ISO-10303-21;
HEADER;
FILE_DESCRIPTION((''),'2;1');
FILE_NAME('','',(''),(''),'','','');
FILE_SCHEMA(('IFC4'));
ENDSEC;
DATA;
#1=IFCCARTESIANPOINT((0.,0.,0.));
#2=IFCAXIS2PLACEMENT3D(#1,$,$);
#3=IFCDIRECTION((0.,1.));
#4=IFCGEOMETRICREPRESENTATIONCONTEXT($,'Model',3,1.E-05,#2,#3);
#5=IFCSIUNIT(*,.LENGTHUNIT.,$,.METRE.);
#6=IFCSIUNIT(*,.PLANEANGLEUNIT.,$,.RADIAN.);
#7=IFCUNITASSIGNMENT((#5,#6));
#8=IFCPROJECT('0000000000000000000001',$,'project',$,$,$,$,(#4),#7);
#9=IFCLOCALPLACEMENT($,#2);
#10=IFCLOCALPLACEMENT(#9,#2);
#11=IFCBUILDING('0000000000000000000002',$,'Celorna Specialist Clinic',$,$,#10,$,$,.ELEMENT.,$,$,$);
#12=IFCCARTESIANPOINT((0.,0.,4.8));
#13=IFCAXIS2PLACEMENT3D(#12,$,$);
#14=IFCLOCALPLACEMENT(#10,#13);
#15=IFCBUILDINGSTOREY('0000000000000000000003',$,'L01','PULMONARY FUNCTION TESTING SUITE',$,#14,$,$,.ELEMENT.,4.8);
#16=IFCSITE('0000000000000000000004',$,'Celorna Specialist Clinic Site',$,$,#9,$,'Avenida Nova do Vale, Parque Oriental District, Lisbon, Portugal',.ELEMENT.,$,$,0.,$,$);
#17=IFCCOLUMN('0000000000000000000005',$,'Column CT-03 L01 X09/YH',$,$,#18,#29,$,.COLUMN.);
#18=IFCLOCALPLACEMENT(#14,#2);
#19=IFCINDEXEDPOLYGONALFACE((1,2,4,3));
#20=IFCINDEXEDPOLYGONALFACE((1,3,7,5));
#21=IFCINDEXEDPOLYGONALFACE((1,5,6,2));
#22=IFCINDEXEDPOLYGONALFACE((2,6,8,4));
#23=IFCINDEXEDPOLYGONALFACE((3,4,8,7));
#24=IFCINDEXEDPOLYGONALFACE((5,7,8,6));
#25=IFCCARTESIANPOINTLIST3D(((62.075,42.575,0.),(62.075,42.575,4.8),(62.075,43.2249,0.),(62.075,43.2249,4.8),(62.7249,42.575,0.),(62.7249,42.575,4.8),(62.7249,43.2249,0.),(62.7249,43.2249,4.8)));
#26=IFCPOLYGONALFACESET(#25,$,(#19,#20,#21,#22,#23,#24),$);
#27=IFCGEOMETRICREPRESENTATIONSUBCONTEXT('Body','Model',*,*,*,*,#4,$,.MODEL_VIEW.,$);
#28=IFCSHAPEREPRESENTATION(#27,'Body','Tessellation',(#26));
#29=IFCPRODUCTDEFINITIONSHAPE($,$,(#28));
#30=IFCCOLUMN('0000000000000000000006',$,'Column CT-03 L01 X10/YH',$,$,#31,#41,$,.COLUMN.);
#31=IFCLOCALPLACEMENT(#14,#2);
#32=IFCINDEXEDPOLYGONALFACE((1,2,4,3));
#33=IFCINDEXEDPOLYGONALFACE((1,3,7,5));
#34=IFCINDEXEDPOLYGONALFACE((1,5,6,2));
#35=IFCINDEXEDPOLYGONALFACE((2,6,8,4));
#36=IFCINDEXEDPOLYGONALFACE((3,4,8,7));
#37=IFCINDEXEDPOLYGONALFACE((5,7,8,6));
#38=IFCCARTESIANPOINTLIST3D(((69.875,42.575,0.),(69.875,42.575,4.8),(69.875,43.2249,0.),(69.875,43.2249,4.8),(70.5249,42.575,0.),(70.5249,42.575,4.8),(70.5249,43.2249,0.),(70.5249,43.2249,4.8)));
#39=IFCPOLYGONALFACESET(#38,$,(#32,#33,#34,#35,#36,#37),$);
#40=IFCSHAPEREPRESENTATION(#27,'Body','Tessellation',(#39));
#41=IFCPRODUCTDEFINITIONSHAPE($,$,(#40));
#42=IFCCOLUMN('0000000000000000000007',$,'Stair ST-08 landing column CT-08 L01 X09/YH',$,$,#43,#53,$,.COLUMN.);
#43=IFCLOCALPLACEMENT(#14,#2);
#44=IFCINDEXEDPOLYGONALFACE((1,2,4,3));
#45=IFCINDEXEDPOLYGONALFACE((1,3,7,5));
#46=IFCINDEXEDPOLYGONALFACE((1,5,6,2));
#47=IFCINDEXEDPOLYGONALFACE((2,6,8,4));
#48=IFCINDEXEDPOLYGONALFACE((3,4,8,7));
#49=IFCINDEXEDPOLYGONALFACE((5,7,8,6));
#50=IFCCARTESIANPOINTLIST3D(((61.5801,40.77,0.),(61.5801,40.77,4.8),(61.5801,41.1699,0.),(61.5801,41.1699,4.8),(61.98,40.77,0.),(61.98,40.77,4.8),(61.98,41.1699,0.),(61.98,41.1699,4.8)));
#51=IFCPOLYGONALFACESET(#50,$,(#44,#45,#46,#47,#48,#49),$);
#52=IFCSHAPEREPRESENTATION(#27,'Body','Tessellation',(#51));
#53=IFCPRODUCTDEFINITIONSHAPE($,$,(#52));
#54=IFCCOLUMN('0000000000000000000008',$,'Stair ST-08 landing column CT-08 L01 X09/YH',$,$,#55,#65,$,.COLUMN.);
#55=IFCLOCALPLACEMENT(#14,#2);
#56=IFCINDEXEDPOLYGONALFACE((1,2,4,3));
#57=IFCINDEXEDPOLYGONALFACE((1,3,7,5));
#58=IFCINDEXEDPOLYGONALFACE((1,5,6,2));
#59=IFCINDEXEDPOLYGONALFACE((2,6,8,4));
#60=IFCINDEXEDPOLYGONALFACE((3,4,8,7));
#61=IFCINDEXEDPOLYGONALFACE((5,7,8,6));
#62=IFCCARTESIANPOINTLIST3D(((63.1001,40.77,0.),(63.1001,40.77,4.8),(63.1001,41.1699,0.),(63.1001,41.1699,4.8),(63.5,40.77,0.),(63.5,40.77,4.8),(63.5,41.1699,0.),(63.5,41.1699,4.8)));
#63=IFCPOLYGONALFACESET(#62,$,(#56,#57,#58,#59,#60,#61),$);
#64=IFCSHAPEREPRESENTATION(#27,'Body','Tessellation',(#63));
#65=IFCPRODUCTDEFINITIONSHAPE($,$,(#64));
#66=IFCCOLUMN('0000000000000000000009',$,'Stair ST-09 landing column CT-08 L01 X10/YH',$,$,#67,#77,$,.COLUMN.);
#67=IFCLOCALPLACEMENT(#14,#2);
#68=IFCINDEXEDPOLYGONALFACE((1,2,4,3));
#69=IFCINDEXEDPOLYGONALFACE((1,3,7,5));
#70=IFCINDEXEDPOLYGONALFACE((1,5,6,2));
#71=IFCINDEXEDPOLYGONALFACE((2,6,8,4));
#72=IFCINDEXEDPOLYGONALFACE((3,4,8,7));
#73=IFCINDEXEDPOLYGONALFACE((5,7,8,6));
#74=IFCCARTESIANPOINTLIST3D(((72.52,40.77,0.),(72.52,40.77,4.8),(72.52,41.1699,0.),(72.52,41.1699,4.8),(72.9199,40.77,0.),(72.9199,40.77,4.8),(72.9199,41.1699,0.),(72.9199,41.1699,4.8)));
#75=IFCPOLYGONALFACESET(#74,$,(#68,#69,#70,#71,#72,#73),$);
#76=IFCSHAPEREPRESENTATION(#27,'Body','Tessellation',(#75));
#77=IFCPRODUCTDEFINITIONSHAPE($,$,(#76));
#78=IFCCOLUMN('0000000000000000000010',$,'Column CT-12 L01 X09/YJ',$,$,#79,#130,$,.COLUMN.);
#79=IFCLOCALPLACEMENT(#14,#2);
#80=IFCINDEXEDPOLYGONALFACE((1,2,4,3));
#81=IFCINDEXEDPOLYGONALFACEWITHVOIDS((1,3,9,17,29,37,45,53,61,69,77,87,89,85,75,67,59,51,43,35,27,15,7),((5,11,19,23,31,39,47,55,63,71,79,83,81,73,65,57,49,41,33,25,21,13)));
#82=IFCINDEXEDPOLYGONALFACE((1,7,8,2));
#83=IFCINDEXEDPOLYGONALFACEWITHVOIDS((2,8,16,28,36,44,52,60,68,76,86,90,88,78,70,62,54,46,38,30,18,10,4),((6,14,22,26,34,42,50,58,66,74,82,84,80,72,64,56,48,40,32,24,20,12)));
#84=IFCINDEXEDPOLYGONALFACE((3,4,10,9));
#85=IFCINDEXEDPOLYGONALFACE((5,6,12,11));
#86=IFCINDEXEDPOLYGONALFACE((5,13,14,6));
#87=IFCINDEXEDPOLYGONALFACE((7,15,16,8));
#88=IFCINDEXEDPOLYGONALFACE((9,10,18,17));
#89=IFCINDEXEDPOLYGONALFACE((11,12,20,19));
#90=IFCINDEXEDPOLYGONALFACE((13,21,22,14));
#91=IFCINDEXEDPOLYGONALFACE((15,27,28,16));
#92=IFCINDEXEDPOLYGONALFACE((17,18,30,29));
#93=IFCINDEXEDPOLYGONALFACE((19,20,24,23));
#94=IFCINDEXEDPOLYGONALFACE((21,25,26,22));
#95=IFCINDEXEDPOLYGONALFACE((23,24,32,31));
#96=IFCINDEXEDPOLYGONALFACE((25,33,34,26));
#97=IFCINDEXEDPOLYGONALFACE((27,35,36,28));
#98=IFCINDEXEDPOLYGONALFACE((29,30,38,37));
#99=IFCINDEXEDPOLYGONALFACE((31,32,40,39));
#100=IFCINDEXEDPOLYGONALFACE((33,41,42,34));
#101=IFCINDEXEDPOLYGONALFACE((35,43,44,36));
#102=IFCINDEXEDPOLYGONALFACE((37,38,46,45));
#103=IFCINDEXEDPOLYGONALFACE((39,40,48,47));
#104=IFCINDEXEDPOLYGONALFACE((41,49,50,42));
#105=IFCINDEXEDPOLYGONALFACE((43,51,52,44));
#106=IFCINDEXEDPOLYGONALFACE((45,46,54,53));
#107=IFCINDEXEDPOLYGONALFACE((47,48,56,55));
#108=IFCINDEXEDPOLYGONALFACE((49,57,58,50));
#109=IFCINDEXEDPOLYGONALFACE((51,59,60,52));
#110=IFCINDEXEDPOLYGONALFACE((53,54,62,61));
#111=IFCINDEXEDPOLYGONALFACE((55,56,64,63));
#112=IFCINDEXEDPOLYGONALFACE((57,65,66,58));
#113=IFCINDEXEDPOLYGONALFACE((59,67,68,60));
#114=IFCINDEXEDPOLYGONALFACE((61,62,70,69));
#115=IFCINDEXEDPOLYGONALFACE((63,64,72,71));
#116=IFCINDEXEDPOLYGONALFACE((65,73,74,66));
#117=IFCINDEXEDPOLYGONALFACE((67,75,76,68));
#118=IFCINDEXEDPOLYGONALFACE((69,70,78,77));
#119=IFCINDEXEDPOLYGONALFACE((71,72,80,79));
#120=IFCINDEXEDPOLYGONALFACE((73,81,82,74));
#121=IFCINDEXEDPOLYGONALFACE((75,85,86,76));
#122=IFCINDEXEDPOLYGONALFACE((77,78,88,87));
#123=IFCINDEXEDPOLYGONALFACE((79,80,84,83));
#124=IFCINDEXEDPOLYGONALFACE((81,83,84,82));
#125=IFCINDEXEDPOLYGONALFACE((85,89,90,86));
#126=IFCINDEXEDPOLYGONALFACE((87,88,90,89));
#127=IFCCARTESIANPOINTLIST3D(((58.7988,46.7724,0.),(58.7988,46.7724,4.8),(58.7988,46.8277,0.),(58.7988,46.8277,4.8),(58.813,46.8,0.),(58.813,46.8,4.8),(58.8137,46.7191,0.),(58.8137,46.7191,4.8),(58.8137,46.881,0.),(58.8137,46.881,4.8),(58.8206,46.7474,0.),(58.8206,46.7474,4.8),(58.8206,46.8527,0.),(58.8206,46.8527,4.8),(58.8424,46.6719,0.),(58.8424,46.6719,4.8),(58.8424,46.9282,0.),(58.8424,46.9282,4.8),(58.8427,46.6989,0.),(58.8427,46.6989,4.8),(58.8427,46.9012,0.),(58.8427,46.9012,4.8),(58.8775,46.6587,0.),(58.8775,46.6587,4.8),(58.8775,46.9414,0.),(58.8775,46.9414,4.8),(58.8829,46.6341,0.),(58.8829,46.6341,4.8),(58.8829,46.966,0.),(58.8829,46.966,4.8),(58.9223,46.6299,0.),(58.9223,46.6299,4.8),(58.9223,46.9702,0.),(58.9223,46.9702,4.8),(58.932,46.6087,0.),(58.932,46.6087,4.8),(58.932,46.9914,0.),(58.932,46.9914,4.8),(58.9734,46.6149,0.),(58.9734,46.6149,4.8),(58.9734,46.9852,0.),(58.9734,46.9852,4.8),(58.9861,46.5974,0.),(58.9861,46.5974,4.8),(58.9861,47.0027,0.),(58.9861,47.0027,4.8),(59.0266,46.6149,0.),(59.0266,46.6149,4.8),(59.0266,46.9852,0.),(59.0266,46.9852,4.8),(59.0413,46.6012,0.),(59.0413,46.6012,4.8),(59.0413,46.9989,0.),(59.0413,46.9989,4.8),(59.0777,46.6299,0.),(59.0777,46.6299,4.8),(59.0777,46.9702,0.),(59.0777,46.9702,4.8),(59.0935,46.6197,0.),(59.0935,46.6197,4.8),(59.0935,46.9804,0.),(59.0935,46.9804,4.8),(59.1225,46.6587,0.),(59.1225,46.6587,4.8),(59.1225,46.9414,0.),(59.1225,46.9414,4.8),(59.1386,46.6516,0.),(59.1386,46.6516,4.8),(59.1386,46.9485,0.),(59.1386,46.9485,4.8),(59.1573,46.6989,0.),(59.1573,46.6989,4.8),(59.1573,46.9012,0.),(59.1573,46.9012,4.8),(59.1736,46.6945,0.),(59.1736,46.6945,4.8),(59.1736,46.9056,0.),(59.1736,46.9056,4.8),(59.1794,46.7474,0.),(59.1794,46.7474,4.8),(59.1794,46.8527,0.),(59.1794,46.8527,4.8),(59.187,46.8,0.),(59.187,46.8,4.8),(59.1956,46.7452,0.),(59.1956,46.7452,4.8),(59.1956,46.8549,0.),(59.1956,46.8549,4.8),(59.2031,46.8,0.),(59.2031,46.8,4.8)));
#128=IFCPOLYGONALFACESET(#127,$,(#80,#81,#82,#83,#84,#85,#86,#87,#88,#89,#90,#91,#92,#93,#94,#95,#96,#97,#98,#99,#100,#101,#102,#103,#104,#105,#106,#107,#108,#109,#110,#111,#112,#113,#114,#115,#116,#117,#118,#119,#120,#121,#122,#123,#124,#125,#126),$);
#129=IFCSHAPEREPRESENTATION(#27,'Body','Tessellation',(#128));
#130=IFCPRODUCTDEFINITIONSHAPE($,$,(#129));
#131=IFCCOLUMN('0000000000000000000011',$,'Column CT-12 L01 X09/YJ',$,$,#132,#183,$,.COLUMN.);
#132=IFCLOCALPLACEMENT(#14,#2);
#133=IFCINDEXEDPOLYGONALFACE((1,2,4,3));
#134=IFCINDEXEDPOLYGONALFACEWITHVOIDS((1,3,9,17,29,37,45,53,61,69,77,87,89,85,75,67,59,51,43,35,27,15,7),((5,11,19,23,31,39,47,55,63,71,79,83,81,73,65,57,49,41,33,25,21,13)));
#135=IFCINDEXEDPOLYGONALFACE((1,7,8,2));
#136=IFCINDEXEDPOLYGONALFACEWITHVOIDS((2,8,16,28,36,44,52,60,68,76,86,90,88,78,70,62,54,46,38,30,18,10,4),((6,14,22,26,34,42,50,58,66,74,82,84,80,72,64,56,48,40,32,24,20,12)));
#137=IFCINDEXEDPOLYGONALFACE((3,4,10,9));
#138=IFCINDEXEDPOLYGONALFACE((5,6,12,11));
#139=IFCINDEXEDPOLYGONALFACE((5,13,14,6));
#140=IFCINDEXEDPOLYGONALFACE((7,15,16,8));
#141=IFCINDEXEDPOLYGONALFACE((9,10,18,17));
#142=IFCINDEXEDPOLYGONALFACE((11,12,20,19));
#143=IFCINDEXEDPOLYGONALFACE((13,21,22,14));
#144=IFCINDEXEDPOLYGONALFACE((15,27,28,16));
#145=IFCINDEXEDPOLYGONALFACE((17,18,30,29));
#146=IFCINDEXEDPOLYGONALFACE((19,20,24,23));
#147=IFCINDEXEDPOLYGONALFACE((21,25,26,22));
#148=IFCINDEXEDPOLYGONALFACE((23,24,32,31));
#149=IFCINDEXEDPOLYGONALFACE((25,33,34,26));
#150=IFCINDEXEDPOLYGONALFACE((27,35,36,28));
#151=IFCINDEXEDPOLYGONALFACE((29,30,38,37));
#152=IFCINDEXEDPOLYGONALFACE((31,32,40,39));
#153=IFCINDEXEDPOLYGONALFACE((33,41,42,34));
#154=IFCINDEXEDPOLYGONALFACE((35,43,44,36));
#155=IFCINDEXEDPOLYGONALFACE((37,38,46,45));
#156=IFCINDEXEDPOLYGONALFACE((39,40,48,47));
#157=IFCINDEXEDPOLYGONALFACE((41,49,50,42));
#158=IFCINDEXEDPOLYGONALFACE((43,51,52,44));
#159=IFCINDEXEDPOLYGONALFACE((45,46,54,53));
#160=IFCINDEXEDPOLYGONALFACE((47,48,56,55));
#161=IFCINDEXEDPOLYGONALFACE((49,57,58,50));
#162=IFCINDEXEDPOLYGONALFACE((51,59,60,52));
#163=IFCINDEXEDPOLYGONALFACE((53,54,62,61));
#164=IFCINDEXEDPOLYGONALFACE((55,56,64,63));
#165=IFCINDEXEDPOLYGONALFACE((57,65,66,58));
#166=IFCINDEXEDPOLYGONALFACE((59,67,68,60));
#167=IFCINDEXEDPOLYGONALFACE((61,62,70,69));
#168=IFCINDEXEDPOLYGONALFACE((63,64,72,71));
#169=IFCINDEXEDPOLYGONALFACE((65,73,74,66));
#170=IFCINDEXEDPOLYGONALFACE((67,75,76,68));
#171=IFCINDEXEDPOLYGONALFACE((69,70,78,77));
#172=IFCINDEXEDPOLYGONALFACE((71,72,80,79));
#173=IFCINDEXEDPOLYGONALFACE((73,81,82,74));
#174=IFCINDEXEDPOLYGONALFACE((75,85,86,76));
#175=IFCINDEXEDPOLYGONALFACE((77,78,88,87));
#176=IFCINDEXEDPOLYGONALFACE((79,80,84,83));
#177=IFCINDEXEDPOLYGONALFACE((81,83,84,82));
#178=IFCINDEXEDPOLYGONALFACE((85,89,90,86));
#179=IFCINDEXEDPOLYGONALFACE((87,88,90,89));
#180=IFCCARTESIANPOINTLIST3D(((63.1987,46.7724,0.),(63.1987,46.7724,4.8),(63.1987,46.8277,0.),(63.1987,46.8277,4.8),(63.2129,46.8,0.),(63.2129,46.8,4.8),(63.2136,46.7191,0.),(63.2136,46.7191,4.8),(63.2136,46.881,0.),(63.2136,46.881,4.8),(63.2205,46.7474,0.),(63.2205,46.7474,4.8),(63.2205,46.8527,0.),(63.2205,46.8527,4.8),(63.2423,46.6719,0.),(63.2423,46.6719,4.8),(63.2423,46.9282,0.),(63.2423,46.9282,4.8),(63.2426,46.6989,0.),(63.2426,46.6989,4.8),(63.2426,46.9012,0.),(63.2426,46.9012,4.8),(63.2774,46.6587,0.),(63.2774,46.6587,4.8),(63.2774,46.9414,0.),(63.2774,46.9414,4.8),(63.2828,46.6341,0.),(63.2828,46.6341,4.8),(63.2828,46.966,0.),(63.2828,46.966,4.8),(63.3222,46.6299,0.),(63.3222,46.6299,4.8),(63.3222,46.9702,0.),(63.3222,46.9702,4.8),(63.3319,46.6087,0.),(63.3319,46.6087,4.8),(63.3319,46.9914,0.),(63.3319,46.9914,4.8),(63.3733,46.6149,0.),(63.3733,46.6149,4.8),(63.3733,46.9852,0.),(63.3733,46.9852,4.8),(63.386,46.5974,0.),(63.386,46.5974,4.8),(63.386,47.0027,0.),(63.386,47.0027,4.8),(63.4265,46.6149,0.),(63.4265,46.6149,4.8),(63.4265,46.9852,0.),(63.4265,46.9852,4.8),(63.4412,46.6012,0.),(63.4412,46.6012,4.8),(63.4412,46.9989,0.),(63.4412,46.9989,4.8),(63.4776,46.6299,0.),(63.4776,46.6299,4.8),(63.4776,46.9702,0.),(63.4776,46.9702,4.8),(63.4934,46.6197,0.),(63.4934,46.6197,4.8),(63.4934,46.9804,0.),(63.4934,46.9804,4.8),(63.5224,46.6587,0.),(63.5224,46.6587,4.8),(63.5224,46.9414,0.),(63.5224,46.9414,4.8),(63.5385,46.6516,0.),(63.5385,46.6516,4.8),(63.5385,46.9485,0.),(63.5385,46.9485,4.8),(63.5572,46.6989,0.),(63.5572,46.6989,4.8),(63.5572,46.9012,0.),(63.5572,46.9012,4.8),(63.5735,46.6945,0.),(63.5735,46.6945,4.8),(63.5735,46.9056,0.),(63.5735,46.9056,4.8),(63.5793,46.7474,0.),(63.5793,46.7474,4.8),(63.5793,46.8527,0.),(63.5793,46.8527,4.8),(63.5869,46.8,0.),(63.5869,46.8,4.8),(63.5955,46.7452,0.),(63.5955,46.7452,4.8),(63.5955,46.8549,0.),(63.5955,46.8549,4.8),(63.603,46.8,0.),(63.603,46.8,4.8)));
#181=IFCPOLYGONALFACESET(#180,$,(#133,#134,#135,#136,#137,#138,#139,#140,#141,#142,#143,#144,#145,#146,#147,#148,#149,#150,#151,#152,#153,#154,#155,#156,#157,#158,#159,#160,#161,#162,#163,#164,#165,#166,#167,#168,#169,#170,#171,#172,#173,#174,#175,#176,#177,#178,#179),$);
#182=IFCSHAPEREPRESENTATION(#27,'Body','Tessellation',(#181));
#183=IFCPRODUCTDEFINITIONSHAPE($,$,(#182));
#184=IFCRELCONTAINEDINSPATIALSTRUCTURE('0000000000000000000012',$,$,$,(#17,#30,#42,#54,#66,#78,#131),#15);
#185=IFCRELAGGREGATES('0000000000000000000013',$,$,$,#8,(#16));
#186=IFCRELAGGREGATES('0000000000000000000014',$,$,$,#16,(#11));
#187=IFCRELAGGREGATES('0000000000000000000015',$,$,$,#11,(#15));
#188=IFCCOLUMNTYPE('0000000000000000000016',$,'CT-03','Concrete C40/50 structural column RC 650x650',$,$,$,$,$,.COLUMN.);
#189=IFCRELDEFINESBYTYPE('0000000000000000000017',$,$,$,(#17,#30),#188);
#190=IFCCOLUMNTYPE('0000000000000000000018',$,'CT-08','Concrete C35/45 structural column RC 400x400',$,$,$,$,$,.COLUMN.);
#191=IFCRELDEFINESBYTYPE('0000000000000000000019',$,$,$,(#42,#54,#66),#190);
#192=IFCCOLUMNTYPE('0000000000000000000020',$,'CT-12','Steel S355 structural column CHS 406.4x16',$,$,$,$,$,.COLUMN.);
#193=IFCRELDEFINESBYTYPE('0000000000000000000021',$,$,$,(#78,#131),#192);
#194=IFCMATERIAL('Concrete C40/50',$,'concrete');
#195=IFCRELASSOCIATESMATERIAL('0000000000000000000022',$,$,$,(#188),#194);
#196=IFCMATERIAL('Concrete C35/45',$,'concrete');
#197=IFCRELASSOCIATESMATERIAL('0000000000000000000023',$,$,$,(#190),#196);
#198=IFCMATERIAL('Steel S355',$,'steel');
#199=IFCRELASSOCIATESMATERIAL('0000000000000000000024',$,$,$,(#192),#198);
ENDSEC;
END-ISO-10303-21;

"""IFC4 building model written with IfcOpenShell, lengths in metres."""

from ifc_helpers import new_model, si_unit, direction, frame, origin, origin_2d, place, context, subcontext, project, spatial, rectangle, hollow_circle, extrude, material, material_profile, profile_set, type_object, element, save


model = new_model("IFC4")

# Units and contexts
model_context = context("Model", 3, precision=1e-05, world=origin(), true_north=direction((0.0, 1.0)))
body_context = subcontext(model_context, "Body", "Model", "MODEL_VIEW")
ifc_project = project(units=[si_unit("LENGTHUNIT", "METRE"), si_unit("PLANEANGLEUNIT", "RADIAN")], contexts=[model_context])

# Site, building, storey
site_placement = place(None, origin())
site = spatial("IfcSite", under=ifc_project, at=site_placement, Name="Celorna Specialist Clinic Site", LongName="Avenida Nova do Vale, Parque Oriental District, Lisbon, Portugal", CompositionType="ELEMENT", RefElevation=0.0)
building_placement = place(site_placement, origin())
building = spatial("IfcBuilding", under=site, at=building_placement, Name="Celorna Specialist Clinic", CompositionType="ELEMENT")
storey_placement = place(building_placement, frame((0.0, 0.0, 4.8)))
storey = spatial("IfcBuildingStorey", under=building, at=storey_placement, Name="L01", Description="PULMONARY FUNCTION TESTING SUITE", CompositionType="ELEMENT", Elevation=4.8)

# Columns
ifc_material_1 = material(Name="Concrete C40/50", Category="concrete")
ifc_material_profile_1 = material_profile(ifc_material_1, rectangle(XDim=0.6499, YDim=0.6499, at=origin_2d()), Name="RC 650x650")
ifc_profile_set_1 = profile_set([ifc_material_profile_1], Name="Concrete C40/50")
column_type_1 = type_object("IfcColumnType", Name="CT-03", Description="Concrete C40/50 structural column RC 650x650", PredefinedType="COLUMN", material=ifc_profile_set_1)
for number, where, z_axis, x_axis, name in (
    (1, (62.3999, 42.8999, 0.0), (0.0, 0.0, 1.0), (1.0, 0.0, 0.0), "Column CT-03 L01 X09/YH"),
    (2, (70.2, 42.8999, 0.0), (0.0, 0.0, 1.0), (1.0, 0.0, 0.0), "Column CT-03 L01 X10/YH"),
):
    element("IfcColumn", number, at=place(storey_placement, frame(where, z_axis=z_axis, x_axis=x_axis)), inside=storey, type_object=column_type_1, Name=name, PredefinedType="COLUMN", context=body_context, shape_type="SweptSolid", body=[
        extrude(rectangle(XDim=0.6499, YDim=0.6499, at=origin_2d()), origin(), (0.0, 0.0, 1.0), 4.8),
    ])
ifc_material_2 = material(Name="Concrete C35/45", Category="concrete")
ifc_material_profile_2 = material_profile(ifc_material_2, rectangle(XDim=0.3999, YDim=0.3999, at=origin_2d()), Name="RC 400x400")
ifc_profile_set_2 = profile_set([ifc_material_profile_2], Name="Concrete C35/45")
column_type_2 = type_object("IfcColumnType", Name="CT-08", Description="Concrete C35/45 structural column RC 400x400", PredefinedType="COLUMN", material=ifc_profile_set_2)
for number, where, z_axis, x_axis, name in (
    (3, (61.78, 40.97, 0.0), (0.0, 0.0, 1.0), (1.0, 0.0, 0.0), "Stair ST-08 landing column CT-08 L01 X09/YH"),
    (4, (63.3, 40.97, 0.0), (0.0, 0.0, 1.0), (1.0, 0.0, 0.0), "Stair ST-08 landing column CT-08 L01 X09/YH"),
    (5, (72.72, 40.97, 0.0), (0.0, 0.0, 1.0), (1.0, 0.0, 0.0), "Stair ST-09 landing column CT-08 L01 X10/YH"),
):
    element("IfcColumn", number, at=place(storey_placement, frame(where, z_axis=z_axis, x_axis=x_axis)), inside=storey, type_object=column_type_2, Name=name, PredefinedType="COLUMN", context=body_context, shape_type="SweptSolid", body=[
        extrude(rectangle(XDim=0.3999, YDim=0.3999, at=origin_2d()), origin(), (0.0, 0.0, 1.0), 4.8),
    ])
ifc_material_3 = material(Name="Steel S355", Category="steel")
ifc_material_profile_3 = material_profile(ifc_material_3, hollow_circle(Radius=0.2031, WallThickness=0.0161, at=origin_2d()), Name="CHS 406.4x16")
ifc_profile_set_3 = profile_set([ifc_material_profile_3], Name="Steel S355")
column_type_3 = type_object("IfcColumnType", Name="CT-12", Description="Steel S355 structural column CHS 406.4x16", PredefinedType="COLUMN", material=ifc_profile_set_3)
for number, where, z_axis, x_axis, name in (
    (6, (59.0, 46.8, 0.0), (0.0, 0.0, 1.0), (1.0, 0.0, 0.0), "Column CT-12 L01 X09/YJ"),
    (7, (63.3999, 46.8, 0.0), (0.0, 0.0, 1.0), (1.0, 0.0, 0.0), "Column CT-12 L01 X09/YJ"),
):
    element("IfcColumn", number, at=place(storey_placement, frame(where, z_axis=z_axis, x_axis=x_axis)), inside=storey, type_object=column_type_3, Name=name, PredefinedType="COLUMN", context=body_context, shape_type="SweptSolid", body=[
        extrude(hollow_circle(Radius=0.2031, WallThickness=0.0161, at=origin_2d()), origin(), (0.0, 0.0, 1.0), 4.8),
    ])

save(model, "model.ifc")
